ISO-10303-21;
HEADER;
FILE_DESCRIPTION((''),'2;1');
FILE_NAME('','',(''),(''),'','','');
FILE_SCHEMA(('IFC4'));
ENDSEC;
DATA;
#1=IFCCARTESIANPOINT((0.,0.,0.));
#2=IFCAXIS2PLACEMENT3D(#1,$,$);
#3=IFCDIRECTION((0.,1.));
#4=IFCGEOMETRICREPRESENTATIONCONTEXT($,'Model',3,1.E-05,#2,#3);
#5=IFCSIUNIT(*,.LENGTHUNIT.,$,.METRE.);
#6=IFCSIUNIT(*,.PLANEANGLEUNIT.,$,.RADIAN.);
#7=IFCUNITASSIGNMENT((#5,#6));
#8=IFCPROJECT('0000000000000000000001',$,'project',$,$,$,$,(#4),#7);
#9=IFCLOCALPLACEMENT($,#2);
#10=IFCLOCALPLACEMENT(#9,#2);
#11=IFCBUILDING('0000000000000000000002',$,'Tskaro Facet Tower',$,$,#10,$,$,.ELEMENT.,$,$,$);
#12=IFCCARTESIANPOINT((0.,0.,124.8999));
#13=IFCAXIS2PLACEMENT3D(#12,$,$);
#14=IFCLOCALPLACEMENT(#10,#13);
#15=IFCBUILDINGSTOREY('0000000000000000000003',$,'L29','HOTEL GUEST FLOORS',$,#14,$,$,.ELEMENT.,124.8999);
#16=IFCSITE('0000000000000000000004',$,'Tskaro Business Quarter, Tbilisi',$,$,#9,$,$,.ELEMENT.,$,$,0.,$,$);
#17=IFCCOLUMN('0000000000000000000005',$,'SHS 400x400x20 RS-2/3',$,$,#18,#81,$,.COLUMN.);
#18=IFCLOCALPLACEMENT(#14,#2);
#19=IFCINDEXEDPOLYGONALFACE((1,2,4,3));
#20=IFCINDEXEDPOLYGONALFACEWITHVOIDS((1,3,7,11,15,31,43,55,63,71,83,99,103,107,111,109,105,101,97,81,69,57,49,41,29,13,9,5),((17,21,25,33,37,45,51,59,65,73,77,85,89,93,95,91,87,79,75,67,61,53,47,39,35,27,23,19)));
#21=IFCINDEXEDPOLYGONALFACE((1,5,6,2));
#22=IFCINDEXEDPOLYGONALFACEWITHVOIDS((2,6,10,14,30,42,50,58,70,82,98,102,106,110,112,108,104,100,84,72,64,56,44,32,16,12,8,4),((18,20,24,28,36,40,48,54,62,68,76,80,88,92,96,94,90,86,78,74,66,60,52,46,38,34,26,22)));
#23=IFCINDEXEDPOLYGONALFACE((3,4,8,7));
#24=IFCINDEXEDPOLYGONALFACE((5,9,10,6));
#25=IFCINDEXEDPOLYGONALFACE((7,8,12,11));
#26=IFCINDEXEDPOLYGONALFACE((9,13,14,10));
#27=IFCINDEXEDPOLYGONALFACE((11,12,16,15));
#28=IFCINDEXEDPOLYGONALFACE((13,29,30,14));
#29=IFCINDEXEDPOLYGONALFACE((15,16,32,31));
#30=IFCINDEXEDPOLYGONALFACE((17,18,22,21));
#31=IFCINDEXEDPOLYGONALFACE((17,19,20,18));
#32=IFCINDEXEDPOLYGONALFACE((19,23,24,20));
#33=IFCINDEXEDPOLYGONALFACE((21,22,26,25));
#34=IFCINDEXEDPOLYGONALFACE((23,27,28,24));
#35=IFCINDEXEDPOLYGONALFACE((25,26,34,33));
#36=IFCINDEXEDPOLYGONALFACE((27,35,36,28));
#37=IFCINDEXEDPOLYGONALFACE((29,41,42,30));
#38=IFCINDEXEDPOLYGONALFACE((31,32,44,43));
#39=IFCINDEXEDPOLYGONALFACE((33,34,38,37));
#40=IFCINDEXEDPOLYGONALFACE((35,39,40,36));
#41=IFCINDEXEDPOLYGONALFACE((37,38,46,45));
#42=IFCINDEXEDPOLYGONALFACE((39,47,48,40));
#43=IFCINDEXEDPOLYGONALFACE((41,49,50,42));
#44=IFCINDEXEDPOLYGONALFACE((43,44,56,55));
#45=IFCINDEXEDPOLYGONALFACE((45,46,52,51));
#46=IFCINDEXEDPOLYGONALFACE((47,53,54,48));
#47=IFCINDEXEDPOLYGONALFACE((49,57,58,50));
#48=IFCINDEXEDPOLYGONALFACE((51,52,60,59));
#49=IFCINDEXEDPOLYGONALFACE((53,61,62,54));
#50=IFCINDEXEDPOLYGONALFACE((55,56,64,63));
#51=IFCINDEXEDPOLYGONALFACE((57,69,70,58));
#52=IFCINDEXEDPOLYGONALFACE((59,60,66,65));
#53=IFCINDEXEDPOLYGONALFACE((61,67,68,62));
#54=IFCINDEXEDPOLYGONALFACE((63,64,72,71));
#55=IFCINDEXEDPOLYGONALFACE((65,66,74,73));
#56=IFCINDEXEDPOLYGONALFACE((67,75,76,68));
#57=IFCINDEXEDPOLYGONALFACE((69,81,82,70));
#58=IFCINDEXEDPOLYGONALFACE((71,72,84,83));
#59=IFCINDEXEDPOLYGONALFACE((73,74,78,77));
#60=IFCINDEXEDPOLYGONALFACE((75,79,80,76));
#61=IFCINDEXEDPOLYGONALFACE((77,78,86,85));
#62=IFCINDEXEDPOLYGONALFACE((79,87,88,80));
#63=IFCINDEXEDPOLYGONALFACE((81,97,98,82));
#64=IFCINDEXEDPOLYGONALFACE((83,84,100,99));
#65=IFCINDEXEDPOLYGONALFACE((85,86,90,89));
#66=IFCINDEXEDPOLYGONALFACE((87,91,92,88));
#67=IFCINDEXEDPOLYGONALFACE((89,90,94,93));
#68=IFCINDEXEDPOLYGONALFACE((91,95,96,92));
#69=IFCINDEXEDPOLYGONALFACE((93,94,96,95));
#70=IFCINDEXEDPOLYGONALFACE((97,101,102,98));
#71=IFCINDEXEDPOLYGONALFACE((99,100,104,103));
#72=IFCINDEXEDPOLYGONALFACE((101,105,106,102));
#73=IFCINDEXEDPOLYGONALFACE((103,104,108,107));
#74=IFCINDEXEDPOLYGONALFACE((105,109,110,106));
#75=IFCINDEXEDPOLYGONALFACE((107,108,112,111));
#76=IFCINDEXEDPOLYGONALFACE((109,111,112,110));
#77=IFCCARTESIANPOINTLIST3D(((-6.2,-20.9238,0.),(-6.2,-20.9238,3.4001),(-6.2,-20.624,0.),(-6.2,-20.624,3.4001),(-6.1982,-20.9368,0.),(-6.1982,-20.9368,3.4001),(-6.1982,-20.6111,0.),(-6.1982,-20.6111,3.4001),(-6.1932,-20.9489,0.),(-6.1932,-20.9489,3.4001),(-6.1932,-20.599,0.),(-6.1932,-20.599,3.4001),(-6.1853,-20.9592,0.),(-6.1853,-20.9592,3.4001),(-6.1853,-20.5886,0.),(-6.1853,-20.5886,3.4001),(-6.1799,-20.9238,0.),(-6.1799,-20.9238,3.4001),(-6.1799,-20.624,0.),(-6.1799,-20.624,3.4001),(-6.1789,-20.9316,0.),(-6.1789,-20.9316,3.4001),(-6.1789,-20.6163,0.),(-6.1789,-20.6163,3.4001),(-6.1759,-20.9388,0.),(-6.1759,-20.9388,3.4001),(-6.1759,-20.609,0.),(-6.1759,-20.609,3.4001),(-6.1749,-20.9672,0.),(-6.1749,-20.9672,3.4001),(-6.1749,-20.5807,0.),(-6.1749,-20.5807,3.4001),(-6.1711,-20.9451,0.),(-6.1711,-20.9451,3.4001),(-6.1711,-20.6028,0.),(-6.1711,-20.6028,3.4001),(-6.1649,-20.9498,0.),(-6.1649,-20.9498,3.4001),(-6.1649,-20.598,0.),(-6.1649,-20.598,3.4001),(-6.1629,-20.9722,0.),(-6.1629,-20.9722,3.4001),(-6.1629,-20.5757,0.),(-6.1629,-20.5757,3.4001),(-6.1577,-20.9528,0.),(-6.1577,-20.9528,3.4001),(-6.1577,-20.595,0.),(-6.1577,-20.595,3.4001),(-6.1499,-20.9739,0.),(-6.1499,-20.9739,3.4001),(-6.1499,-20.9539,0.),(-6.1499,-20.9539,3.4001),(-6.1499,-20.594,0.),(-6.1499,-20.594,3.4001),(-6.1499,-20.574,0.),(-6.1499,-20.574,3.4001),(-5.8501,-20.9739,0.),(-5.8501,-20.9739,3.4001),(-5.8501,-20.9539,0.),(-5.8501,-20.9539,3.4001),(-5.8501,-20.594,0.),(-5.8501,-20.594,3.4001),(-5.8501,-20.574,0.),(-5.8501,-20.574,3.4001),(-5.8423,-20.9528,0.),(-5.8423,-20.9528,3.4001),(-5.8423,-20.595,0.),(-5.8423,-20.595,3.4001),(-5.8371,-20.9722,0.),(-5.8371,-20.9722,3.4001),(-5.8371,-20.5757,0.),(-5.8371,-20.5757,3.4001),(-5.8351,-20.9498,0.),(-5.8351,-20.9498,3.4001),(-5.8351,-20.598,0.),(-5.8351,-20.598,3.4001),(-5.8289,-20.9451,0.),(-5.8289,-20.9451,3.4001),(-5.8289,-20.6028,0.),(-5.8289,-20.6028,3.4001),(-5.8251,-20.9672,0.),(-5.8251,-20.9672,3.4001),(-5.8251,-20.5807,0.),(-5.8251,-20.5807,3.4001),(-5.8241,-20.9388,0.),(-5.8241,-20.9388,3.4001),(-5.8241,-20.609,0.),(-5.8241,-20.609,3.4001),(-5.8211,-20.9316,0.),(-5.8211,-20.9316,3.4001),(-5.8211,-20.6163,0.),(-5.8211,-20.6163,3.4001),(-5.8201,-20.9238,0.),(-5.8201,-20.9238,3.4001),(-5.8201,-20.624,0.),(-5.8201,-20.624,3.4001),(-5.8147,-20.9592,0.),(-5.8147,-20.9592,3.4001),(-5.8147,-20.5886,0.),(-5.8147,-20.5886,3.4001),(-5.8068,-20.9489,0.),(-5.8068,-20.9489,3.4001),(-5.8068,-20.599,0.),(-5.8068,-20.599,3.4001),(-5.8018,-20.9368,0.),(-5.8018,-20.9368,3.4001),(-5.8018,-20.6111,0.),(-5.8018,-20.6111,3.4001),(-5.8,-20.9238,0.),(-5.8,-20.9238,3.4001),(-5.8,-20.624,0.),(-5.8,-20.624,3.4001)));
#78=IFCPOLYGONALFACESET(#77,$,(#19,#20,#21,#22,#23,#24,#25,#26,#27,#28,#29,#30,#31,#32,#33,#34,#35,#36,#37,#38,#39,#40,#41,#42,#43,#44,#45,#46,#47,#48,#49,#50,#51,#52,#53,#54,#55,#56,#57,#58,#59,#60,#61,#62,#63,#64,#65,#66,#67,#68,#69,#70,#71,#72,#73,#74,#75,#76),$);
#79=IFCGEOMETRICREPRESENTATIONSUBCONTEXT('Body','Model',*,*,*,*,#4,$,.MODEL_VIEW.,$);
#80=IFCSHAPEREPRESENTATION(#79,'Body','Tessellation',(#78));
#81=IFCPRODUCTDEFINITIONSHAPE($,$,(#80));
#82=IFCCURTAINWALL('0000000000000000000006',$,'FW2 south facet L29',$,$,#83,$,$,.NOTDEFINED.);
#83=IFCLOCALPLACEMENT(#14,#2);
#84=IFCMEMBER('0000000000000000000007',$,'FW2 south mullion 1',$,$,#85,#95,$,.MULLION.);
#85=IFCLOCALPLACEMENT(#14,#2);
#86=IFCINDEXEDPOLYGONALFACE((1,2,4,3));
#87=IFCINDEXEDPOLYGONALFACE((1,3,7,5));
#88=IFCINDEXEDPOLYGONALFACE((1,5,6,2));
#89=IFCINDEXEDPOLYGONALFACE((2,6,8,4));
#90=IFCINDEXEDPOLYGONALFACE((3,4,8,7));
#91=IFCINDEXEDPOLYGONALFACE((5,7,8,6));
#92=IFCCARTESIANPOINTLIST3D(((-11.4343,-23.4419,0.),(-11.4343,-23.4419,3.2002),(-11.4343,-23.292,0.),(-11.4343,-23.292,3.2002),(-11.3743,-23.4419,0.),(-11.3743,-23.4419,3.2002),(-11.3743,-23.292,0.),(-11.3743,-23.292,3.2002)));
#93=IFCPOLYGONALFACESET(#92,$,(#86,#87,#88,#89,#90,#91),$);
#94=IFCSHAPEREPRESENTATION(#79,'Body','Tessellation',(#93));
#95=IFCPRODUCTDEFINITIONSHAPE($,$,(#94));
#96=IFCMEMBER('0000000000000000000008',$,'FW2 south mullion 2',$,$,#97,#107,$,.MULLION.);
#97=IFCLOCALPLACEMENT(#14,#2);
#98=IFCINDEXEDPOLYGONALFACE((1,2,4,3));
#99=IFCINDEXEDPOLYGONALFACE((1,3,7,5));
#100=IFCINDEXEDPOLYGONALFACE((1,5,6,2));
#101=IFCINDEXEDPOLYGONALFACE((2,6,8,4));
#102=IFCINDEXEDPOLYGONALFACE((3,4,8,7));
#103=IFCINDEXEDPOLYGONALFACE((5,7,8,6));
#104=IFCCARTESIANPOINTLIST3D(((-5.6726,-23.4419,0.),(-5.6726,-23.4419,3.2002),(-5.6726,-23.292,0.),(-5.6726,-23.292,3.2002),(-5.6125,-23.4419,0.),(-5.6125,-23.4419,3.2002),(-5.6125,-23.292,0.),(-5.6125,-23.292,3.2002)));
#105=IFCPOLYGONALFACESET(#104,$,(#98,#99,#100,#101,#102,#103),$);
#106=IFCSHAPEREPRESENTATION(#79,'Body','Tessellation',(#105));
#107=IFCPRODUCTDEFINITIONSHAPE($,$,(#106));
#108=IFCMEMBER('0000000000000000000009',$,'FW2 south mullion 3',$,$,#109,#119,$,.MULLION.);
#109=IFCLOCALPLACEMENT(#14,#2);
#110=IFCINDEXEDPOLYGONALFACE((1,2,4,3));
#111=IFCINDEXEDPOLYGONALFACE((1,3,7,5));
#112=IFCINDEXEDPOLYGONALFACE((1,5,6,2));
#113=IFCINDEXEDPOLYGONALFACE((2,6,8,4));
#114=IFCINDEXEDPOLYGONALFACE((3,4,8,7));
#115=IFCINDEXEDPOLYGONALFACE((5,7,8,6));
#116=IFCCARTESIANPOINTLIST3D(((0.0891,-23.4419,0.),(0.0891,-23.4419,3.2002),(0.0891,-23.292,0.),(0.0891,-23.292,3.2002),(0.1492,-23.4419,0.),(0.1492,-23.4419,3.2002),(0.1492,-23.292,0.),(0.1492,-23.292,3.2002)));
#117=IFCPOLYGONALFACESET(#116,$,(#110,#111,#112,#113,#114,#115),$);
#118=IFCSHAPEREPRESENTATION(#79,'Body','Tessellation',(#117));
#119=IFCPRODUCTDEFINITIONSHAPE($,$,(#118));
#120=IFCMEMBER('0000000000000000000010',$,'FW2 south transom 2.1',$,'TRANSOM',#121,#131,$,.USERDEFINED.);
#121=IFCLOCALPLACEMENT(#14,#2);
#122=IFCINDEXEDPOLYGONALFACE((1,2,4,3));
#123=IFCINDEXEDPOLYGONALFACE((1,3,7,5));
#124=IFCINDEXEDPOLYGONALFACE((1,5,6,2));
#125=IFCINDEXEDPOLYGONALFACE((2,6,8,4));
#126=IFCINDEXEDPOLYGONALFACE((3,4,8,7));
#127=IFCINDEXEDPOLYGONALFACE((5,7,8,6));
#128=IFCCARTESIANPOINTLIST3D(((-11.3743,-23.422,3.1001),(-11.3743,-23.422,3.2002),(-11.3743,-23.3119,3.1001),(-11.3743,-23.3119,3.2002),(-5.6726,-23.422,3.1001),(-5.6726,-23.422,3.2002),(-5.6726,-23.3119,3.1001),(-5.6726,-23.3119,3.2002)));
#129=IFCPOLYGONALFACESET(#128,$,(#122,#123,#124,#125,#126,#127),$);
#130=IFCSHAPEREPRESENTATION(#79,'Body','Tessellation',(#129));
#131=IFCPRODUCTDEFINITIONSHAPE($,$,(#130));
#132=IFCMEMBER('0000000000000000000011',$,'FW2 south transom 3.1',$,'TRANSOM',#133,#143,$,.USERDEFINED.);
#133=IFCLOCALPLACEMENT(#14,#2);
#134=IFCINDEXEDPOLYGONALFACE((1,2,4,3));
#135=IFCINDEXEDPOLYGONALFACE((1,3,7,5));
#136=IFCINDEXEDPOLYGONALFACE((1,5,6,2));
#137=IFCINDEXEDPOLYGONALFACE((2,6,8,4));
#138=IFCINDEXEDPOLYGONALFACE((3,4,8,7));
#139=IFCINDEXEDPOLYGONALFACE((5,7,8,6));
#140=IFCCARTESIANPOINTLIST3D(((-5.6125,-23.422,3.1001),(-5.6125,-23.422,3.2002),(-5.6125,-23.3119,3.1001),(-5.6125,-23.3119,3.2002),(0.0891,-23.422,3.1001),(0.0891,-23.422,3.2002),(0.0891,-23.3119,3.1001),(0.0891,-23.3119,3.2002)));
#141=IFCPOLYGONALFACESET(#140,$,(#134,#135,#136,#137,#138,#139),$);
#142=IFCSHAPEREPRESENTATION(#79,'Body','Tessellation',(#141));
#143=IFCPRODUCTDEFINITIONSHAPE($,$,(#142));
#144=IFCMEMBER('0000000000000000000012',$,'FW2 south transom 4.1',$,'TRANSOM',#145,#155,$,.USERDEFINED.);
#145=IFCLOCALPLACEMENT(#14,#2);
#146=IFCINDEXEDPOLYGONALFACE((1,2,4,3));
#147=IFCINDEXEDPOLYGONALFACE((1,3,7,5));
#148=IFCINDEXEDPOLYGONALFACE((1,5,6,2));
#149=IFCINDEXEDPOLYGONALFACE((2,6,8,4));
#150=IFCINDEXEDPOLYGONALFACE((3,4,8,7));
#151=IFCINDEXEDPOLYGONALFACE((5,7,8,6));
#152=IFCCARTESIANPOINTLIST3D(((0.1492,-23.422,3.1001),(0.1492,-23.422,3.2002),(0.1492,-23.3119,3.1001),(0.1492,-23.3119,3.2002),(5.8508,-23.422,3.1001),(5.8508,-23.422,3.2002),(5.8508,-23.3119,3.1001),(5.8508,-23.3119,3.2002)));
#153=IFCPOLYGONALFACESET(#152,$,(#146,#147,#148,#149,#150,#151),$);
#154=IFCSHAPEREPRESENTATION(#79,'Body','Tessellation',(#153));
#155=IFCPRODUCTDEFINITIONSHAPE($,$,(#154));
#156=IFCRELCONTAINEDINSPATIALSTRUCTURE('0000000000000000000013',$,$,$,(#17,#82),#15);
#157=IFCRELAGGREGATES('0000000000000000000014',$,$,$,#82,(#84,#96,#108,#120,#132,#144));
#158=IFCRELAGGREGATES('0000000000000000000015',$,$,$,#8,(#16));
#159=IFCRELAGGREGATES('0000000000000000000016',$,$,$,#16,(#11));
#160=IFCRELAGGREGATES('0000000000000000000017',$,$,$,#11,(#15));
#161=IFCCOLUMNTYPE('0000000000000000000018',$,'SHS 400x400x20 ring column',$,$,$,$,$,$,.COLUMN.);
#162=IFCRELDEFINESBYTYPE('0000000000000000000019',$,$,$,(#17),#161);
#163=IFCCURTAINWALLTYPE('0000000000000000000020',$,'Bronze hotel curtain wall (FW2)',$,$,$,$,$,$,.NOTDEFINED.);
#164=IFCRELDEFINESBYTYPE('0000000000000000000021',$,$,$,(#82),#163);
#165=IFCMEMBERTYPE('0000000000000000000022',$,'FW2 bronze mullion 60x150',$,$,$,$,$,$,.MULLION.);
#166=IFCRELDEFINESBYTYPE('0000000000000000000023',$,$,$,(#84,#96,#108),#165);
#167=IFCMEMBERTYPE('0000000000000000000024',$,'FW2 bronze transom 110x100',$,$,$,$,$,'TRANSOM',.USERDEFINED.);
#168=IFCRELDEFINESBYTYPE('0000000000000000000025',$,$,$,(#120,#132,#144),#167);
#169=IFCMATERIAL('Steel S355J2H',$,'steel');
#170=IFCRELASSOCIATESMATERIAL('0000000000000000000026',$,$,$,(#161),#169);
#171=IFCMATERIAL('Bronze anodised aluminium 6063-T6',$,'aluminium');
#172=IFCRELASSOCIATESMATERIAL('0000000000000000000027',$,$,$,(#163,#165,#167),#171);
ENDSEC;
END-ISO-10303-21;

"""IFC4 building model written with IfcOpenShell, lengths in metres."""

from ifc_helpers import new_model, si_unit, direction, frame, origin, origin_2d, place, context, subcontext, project, spatial, rectangle, hollow_rectangle, extrude, material, material_profile, profile_set, type_object, element, aggregate, save


model = new_model("IFC4")

# Units and contexts
model_context = context("Model", 3, precision=1e-05, world=origin(), true_north=direction((0.0, 1.0)))
body_context = subcontext(model_context, "Body", "Model", "MODEL_VIEW")
ifc_project = project(units=[si_unit("LENGTHUNIT", "METRE"), si_unit("PLANEANGLEUNIT", "RADIAN")], contexts=[model_context])

# Site, building, storey
site_placement = place(None, origin())
site = spatial("IfcSite", under=ifc_project, at=site_placement, Name="Tskaro Business Quarter, Tbilisi", CompositionType="ELEMENT", RefElevation=0.0)
building_placement = place(site_placement, origin())
building = spatial("IfcBuilding", under=site, at=building_placement, Name="Tskaro Facet Tower", CompositionType="ELEMENT")
storey_placement = place(building_placement, frame((0.0, 0.0, 124.8999)))
storey = spatial("IfcBuildingStorey", under=building, at=storey_placement, Name="L29", Description="HOTEL GUEST FLOORS", CompositionType="ELEMENT", Elevation=124.8999)

# Column
ifc_material_1 = material(Name="Steel S355J2H", Category="steel")
ifc_material_profile_1 = material_profile(ifc_material_1, hollow_rectangle(XDim=0.3999, YDim=0.3999, WallThickness=0.02, InnerFilletRadius=0.03, OuterFilletRadius=0.05, at=origin_2d()), Name="SHS 400x400x20")
ifc_profile_set_1 = profile_set([ifc_material_profile_1], Name="Steel S355J2H")
column_type = type_object("IfcColumnType", Name="SHS 400x400x20 ring column", PredefinedType="COLUMN", material=ifc_profile_set_1)
column_placement = place(storey_placement, frame((-6.0, -20.7739, 0.0), z_axis=(0.0, 0.0, 1.0), x_axis=(1.0, 0.0, 0.0)))
element("IfcColumn", 1, at=column_placement, inside=storey, type_object=column_type, Name="SHS 400x400x20 RS-2/3", PredefinedType="COLUMN", context=body_context, shape_type="SweptSolid", body=[
    extrude(hollow_rectangle(XDim=0.3999, YDim=0.3999, WallThickness=0.02, InnerFilletRadius=0.03, OuterFilletRadius=0.05, at=origin_2d()), origin(), (0.0, 0.0, 1.0), 3.4001),
])

# Curtain wall, members
ifc_material_2 = material(Name="Bronze anodised aluminium 6063-T6", Category="aluminium")
curtain_wall_type = type_object("IfcCurtainWallType", Name="Bronze hotel curtain wall (FW2)", PredefinedType="NOTDEFINED", material=ifc_material_2)
curtain_wall_placement = place(storey_placement, origin())
curtain_wall = element("IfcCurtainWall", 2, at=curtain_wall_placement, inside=storey, type_object=curtain_wall_type, Name="FW2 south facet L29", PredefinedType="NOTDEFINED")
ifc_material_profile_2 = material_profile(ifc_material_2, rectangle(XDim=0.0601, YDim=0.1499, at=origin_2d()), Name="Mullion 60x150")
ifc_profile_set_2 = profile_set([ifc_material_profile_2], Name="Bronze anodised aluminium 6063-T6")
member_type_1 = type_object("IfcMemberType", Name="FW2 bronze mullion 60x150", PredefinedType="MULLION", material=ifc_profile_set_2)
member_1_placement = place(storey_placement, frame((-11.4043, -23.3669, 0.0), z_axis=(0.0, 0.0, 1.0), x_axis=(1.0, 0.0, 0.0)))
member_1 = element("IfcMember", 3, at=member_1_placement, type_object=member_type_1, Name="FW2 south mullion 1", PredefinedType="MULLION", context=body_context, shape_type="SweptSolid", body=[
    extrude(rectangle(XDim=0.0601, YDim=0.1499, at=origin_2d()), origin(), (0.0, 0.0, 1.0), 3.2002),
])
member_2_placement = place(storey_placement, frame((-5.6426, -23.3669, 0.0), z_axis=(0.0, 0.0, 1.0), x_axis=(1.0, 0.0, 0.0)))
member_2 = element("IfcMember", 4, at=member_2_placement, type_object=member_type_1, Name="FW2 south mullion 2", PredefinedType="MULLION", context=body_context, shape_type="SweptSolid", body=[
    extrude(rectangle(XDim=0.0601, YDim=0.1499, at=origin_2d()), origin(), (0.0, 0.0, 1.0), 3.2002),
])
member_3_placement = place(storey_placement, frame((0.1191, -23.3669, 0.0), z_axis=(0.0, 0.0, 1.0), x_axis=(1.0, 0.0, 0.0)))
member_3 = element("IfcMember", 5, at=member_3_placement, type_object=member_type_1, Name="FW2 south mullion 3", PredefinedType="MULLION", context=body_context, shape_type="SweptSolid", body=[
    extrude(rectangle(XDim=0.0601, YDim=0.1499, at=origin_2d()), origin(), (0.0, 0.0, 1.0), 3.2002),
])
ifc_material_profile_3 = material_profile(ifc_material_2, rectangle(XDim=0.1101, YDim=0.1001, at=origin_2d()), Name="Transom 110x100")
ifc_profile_set_3 = profile_set([ifc_material_profile_3], Name="Bronze anodised aluminium 6063-T6")
member_type_2 = type_object("IfcMemberType", Name="FW2 bronze transom 110x100", ElementType="TRANSOM", PredefinedType="USERDEFINED", material=ifc_profile_set_3)
member_4_placement = place(storey_placement, frame((-11.3743, -23.3669, 3.1501), z_axis=(1.0, 0.0, 0.0), x_axis=(0.0, 1.0, 0.0)))
member_4 = element("IfcMember", 6, at=member_4_placement, type_object=member_type_2, Name="FW2 south transom 2.1", ObjectType="TRANSOM", PredefinedType="USERDEFINED", context=body_context, shape_type="SweptSolid", body=[
    extrude(rectangle(XDim=0.1101, YDim=0.1001, at=origin_2d()), origin(), (0.0, 0.0, 1.0), 5.7017),
])
member_5_placement = place(storey_placement, frame((-5.6125, -23.3669, 3.1501), z_axis=(1.0, 0.0, 0.0), x_axis=(0.0, 1.0, 0.0)))
member_5 = element("IfcMember", 7, at=member_5_placement, type_object=member_type_2, Name="FW2 south transom 3.1", ObjectType="TRANSOM", PredefinedType="USERDEFINED", context=body_context, shape_type="SweptSolid", body=[
    extrude(rectangle(XDim=0.1101, YDim=0.1001, at=origin_2d()), origin(), (0.0, 0.0, 1.0), 5.7017),
])
member_6_placement = place(storey_placement, frame((0.1492, -23.3669, 3.1501), z_axis=(1.0, 0.0, 0.0), x_axis=(0.0, 1.0, 0.0)))
member_6 = element("IfcMember", 8, at=member_6_placement, type_object=member_type_2, Name="FW2 south transom 4.1", ObjectType="TRANSOM", PredefinedType="USERDEFINED", context=body_context, shape_type="SweptSolid", body=[
    extrude(rectangle(XDim=0.1101, YDim=0.1001, at=origin_2d()), origin(), (0.0, 0.0, 1.0), 5.7017),
])

aggregate(curtain_wall, [member_1, member_2, member_3, member_4, member_5, member_6])

save(model, "model.ifc")
